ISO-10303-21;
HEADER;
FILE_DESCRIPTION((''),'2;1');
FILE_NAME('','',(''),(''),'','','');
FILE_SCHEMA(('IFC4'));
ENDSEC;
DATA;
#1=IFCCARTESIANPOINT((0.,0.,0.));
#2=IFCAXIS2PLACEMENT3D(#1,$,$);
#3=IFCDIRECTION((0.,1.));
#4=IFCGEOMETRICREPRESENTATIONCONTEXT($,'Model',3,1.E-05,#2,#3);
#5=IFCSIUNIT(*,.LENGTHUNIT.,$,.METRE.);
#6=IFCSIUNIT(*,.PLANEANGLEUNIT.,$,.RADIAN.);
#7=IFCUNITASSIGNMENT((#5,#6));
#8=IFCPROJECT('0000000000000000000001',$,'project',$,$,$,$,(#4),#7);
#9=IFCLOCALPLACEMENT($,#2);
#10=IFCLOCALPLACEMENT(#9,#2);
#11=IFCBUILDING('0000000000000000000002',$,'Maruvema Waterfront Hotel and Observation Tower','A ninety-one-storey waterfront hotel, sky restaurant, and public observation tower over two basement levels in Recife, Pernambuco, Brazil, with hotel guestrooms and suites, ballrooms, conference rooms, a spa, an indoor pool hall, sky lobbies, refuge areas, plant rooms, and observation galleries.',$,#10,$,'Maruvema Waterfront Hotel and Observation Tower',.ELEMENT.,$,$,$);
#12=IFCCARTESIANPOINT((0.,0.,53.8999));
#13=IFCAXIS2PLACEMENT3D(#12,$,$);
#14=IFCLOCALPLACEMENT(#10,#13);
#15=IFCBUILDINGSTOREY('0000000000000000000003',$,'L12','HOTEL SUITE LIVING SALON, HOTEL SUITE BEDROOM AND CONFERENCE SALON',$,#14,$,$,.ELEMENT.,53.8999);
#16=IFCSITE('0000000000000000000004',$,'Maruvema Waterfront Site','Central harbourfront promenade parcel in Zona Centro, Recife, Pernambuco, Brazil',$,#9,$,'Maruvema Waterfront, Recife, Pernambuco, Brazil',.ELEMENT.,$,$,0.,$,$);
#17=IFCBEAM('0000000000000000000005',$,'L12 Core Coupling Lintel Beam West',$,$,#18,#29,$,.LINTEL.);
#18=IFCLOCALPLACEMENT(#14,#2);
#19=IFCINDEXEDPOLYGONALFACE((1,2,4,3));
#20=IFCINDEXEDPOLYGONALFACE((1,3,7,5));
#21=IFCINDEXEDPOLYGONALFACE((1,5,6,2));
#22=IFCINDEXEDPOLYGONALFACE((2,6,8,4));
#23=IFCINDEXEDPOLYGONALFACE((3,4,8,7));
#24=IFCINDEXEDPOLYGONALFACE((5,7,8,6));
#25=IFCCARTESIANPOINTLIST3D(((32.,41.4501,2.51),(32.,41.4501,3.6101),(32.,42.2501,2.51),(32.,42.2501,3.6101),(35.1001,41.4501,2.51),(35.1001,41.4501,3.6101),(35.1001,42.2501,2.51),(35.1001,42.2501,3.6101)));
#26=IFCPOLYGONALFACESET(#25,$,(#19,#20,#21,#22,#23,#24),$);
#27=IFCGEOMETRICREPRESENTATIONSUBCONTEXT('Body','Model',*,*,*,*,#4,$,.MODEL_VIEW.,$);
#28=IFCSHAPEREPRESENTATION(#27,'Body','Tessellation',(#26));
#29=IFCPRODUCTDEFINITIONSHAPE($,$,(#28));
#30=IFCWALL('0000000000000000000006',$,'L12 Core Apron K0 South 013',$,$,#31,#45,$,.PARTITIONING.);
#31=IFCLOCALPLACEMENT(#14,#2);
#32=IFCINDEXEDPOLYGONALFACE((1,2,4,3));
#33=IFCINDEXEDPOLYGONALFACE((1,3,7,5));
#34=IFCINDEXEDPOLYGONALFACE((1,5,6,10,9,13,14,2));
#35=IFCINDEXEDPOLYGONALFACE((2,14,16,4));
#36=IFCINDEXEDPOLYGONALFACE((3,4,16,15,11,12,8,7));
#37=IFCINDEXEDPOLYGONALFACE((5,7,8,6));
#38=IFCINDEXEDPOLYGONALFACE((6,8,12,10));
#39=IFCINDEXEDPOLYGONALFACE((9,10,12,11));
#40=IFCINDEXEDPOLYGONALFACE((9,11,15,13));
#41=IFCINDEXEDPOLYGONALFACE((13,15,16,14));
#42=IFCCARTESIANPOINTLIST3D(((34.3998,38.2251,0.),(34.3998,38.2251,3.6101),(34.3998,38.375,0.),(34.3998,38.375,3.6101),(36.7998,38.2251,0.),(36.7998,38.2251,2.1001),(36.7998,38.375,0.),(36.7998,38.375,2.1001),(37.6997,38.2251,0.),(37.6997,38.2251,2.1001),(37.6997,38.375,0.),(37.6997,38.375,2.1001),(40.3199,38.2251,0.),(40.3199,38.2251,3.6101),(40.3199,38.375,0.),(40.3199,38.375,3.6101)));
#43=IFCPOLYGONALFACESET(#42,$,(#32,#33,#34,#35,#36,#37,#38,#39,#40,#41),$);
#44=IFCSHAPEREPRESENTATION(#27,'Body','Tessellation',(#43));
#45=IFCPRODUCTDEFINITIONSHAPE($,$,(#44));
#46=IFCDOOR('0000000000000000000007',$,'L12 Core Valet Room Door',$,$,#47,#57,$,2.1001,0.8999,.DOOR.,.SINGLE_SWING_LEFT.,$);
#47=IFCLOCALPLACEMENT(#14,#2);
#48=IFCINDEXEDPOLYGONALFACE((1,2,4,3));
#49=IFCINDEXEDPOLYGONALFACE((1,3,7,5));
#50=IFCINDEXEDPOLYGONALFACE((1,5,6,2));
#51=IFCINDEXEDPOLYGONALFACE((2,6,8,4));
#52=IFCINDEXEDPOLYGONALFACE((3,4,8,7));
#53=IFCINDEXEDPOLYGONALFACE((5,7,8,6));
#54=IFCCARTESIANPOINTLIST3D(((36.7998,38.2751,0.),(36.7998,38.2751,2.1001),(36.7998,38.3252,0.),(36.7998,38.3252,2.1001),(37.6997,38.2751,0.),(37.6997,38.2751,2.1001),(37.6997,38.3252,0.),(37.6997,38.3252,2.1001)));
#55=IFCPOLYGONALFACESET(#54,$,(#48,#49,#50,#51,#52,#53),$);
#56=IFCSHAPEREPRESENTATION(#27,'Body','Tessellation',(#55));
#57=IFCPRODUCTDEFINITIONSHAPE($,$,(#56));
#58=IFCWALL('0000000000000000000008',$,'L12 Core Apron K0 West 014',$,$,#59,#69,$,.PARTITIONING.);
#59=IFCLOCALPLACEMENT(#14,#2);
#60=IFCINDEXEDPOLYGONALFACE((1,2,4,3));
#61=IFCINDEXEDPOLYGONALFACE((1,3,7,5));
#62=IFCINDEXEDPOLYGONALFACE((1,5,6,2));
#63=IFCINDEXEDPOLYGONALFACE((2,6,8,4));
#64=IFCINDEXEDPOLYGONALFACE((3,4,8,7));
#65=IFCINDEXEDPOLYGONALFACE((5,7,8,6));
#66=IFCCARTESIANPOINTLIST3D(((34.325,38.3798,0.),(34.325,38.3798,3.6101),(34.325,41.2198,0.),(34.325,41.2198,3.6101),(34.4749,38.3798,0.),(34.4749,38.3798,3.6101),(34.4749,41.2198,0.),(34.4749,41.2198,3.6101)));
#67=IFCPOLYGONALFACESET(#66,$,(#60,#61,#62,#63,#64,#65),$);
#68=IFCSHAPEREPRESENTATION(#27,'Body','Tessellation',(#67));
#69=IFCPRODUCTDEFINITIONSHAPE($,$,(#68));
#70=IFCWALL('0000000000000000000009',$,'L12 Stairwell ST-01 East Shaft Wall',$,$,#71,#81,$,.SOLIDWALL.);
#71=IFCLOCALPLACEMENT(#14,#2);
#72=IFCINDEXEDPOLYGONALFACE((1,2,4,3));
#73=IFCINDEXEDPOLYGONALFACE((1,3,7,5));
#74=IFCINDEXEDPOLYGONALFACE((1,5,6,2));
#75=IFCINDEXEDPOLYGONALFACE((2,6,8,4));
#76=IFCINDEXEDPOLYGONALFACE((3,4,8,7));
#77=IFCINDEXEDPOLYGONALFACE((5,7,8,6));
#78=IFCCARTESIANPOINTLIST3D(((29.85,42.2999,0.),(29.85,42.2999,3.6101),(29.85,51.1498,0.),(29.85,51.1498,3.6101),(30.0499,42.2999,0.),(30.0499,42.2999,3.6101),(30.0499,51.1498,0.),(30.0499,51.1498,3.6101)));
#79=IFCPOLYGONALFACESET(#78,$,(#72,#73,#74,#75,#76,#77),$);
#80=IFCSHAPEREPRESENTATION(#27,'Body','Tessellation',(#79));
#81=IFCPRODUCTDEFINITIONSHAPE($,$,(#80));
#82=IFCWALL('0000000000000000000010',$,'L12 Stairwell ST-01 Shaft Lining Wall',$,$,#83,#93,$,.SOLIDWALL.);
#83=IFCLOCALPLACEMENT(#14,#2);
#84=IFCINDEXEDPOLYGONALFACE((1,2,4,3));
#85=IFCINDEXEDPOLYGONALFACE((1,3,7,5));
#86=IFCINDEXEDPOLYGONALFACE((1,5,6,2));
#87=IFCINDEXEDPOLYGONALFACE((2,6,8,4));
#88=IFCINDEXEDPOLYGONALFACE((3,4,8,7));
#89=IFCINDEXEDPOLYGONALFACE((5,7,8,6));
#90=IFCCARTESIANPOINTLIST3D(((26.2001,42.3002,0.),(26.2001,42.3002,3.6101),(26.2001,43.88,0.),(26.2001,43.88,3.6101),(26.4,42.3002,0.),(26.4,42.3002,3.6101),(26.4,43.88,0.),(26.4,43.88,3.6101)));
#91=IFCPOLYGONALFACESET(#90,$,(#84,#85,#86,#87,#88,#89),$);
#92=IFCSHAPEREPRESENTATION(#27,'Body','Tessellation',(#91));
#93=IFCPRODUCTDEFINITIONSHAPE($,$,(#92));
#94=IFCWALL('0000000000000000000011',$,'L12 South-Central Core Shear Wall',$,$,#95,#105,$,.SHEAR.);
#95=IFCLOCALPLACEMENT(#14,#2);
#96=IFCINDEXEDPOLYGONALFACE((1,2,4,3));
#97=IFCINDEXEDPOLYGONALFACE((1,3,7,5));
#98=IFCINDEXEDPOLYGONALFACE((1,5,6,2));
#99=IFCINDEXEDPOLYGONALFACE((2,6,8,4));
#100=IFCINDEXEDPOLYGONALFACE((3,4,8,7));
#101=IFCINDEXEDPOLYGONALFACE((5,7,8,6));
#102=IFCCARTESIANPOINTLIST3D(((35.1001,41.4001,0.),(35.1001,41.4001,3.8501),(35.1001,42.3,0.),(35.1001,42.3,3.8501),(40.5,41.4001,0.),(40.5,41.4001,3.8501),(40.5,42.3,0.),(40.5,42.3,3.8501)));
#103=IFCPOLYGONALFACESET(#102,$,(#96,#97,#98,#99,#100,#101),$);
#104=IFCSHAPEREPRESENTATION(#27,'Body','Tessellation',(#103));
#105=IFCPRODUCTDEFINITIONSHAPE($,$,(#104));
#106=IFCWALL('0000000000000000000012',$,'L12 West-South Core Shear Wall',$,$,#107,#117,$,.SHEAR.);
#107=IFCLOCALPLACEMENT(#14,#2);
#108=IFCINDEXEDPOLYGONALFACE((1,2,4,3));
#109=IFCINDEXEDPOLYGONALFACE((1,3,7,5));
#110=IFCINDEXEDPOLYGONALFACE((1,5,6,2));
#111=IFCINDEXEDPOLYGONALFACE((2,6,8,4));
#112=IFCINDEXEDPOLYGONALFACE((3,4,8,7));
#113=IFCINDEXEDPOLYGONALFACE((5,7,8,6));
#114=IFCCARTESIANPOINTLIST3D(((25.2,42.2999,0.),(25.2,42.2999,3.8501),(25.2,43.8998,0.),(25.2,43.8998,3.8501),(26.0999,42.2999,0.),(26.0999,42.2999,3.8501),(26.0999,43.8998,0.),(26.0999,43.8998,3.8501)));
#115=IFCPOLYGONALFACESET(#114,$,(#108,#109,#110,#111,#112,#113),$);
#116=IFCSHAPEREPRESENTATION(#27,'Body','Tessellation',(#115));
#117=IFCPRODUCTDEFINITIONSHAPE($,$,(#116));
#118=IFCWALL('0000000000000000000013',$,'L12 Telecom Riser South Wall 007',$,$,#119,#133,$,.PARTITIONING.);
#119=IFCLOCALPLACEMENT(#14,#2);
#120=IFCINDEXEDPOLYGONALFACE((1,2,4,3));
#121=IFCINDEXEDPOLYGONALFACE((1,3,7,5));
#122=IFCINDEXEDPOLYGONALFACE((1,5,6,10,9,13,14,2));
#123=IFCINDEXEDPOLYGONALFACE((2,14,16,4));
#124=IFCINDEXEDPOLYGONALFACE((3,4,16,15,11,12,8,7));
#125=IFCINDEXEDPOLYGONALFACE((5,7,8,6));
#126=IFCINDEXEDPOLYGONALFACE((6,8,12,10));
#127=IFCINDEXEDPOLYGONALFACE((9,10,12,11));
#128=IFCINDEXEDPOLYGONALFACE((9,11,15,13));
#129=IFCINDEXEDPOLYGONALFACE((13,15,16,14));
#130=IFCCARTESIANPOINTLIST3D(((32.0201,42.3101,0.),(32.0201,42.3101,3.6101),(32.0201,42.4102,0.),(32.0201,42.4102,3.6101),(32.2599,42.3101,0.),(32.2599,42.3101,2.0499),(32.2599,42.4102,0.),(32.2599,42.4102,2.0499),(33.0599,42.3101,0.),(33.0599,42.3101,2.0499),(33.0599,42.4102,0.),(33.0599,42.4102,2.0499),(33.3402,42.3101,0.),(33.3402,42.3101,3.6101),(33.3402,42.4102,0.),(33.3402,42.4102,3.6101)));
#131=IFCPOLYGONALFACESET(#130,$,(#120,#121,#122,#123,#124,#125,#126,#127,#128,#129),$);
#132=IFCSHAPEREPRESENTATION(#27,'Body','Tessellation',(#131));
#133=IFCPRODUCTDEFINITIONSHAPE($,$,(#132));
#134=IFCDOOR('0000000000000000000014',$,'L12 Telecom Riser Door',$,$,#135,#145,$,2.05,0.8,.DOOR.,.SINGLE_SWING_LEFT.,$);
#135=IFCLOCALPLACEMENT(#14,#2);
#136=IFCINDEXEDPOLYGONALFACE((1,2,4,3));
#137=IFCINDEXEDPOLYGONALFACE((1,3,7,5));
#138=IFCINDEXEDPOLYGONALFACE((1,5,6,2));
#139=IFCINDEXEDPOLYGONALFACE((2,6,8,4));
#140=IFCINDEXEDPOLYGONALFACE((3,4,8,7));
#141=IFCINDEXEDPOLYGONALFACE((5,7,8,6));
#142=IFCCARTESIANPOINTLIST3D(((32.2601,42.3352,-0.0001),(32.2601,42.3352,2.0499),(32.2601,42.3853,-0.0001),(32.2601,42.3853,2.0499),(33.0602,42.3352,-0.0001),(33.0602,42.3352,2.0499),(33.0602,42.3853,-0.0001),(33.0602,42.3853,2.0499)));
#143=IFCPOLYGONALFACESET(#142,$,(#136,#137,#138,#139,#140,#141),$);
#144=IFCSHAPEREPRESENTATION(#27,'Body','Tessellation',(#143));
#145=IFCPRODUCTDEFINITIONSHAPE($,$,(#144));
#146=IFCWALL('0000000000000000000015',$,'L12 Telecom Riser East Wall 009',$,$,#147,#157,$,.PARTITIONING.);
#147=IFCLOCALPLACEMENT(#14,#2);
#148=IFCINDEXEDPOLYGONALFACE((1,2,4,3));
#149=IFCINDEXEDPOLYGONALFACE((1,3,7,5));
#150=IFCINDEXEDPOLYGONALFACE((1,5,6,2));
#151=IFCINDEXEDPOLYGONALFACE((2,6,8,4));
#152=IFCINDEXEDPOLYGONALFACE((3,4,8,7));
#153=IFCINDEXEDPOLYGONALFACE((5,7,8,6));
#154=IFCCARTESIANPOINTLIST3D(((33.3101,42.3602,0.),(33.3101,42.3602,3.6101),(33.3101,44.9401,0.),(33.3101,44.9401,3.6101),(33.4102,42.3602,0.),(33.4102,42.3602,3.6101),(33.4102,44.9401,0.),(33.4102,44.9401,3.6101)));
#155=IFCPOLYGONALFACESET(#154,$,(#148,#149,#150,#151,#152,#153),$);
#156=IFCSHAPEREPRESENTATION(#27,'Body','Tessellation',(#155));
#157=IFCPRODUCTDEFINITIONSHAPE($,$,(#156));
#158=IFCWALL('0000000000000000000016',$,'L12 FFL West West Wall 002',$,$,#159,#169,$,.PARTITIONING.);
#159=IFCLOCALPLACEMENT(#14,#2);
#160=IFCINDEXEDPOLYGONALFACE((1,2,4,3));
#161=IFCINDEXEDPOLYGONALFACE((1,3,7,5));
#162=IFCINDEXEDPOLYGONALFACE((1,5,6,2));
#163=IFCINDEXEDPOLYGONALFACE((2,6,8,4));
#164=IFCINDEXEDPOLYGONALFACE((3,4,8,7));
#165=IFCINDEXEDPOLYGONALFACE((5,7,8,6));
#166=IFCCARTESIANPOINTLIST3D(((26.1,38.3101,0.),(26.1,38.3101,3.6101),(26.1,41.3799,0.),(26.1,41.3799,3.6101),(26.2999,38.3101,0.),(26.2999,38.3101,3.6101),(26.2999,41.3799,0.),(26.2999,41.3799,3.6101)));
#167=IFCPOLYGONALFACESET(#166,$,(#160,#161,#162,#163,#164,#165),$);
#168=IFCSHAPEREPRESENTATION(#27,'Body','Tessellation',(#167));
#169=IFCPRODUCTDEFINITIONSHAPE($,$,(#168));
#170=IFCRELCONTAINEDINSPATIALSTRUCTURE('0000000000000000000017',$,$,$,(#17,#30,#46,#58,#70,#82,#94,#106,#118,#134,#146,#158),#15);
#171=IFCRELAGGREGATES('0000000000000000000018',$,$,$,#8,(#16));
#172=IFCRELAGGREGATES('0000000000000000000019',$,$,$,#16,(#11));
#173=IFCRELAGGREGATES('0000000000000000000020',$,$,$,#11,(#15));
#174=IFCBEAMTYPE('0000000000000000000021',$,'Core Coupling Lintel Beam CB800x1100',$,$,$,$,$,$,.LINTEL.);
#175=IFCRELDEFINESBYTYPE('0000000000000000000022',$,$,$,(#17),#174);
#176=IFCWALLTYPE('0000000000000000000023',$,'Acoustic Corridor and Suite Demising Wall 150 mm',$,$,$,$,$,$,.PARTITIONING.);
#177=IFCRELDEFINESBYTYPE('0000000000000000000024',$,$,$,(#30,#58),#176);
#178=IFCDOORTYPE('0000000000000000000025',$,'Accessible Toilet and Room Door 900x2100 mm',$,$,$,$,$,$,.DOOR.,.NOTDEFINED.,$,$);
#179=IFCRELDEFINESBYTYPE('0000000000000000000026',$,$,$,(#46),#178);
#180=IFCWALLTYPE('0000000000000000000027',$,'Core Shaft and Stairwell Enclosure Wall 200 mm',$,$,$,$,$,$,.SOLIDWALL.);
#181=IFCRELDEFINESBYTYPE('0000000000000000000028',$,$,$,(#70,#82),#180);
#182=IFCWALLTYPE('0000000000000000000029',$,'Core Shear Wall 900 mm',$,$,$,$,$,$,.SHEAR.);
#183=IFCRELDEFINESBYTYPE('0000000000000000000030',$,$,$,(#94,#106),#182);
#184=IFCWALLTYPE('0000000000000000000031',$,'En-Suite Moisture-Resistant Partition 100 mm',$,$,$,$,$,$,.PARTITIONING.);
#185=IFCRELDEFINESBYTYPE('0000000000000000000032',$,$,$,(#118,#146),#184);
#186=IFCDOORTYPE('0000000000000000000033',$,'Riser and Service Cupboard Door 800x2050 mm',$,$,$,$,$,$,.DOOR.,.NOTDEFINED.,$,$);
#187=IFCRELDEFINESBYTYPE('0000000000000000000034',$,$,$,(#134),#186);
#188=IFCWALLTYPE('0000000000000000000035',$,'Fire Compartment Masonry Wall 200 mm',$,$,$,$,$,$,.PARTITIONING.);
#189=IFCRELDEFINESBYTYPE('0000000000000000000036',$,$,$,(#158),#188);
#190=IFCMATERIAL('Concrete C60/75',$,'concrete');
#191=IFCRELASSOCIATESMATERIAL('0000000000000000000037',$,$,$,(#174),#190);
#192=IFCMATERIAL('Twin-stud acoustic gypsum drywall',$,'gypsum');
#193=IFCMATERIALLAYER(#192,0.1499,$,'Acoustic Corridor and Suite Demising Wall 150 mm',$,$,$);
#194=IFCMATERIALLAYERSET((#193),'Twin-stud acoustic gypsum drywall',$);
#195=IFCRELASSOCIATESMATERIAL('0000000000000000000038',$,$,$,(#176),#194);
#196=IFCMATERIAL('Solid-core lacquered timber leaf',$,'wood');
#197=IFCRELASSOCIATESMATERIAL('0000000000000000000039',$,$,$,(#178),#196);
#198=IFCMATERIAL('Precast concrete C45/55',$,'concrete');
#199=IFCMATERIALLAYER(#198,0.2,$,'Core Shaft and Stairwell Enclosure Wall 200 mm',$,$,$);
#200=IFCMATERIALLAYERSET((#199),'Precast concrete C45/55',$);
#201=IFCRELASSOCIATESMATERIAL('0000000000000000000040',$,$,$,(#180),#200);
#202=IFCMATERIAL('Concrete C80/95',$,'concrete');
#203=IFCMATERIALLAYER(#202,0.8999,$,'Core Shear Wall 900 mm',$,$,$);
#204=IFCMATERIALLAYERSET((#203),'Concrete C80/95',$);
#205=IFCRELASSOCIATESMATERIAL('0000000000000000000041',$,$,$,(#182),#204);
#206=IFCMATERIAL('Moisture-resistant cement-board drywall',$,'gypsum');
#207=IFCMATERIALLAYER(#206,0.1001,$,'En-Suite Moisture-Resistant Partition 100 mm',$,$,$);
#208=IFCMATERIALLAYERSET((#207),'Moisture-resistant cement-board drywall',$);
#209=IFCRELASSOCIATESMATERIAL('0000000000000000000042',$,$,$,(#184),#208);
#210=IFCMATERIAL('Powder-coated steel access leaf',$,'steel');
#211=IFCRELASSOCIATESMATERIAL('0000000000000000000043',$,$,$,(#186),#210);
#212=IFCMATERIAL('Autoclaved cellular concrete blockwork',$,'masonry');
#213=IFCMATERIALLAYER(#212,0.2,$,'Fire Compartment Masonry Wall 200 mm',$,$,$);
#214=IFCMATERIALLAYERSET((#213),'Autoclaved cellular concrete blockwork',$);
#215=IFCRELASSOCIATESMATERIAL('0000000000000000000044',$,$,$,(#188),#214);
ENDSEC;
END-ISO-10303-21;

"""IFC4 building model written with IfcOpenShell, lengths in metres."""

from ifc_helpers import new_model, si_unit, direction, frame, frame_2d, origin, origin_2d, place, context, subcontext, project, spatial, rectangle, extrude, material, layer, layer_set, material_profile, profile_set, type_object, element, fill, save


model = new_model("IFC4")

# Units and contexts
model_context = context("Model", 3, precision=1e-05, world=origin(), true_north=direction((0.0, 1.0)))
body_context = subcontext(model_context, "Body", "Model", "MODEL_VIEW")
ifc_project = project(units=[si_unit("LENGTHUNIT", "METRE"), si_unit("PLANEANGLEUNIT", "RADIAN")], contexts=[model_context])

# Site, building, storey
site_placement = place(None, origin())
site = spatial("IfcSite", under=ifc_project, at=site_placement, Name="Maruvema Waterfront Site", Description="Central harbourfront promenade parcel in Zona Centro, Recife, Pernambuco, Brazil", LongName="Maruvema Waterfront, Recife, Pernambuco, Brazil", CompositionType="ELEMENT", RefElevation=0.0)
building_placement = place(site_placement, origin())
building = spatial("IfcBuilding", under=site, at=building_placement, Name="Maruvema Waterfront Hotel and Observation Tower", Description="A ninety-one-storey waterfront hotel, sky restaurant, and public observation tower over two basement levels in Recife, Pernambuco, Brazil, with hotel guestrooms and suites, ballrooms, conference rooms, a spa, an indoor pool hall, sky lobbies, refuge areas, plant rooms, and observation galleries.", LongName="Maruvema Waterfront Hotel and Observation Tower", CompositionType="ELEMENT")
storey_placement = place(building_placement, frame((0.0, 0.0, 53.8999)))
storey = spatial("IfcBuildingStorey", under=building, at=storey_placement, Name="L12", Description="HOTEL SUITE LIVING SALON, HOTEL SUITE BEDROOM AND CONFERENCE SALON", CompositionType="ELEMENT", Elevation=53.8999)

# Beam
ifc_material_1 = material(Name="Concrete C60/75", Category="concrete")
ifc_material_profile = material_profile(ifc_material_1, rectangle(XDim=0.8, YDim=1.1001, at=origin_2d()), Name="CB800x1100")
ifc_profile_set = profile_set([ifc_material_profile], Name="Concrete C60/75")
beam_type = type_object("IfcBeamType", Name="Core Coupling Lintel Beam CB800x1100", PredefinedType="LINTEL", material=ifc_profile_set)
beam_placement = place(storey_placement, frame((32.0, 41.8501, 3.0601), z_axis=(1.0, 0.0, 0.0), x_axis=(0.0, 1.0, 0.0)))
element("IfcBeam", 1, at=beam_placement, inside=storey, type_object=beam_type, Name="L12 Core Coupling Lintel Beam West", PredefinedType="LINTEL", context=body_context, shape_type="SweptSolid", body=[
    extrude(rectangle(XDim=0.8, YDim=1.1001, at=origin_2d()), origin(), (0.0, 0.0, 1.0), 3.1001),
])

# Wall, opening, door
ifc_material_2 = material(Name="Twin-stud acoustic gypsum drywall", Category="gypsum")
ifc_layer_1 = layer(ifc_material_2, 0.1499, Name="Acoustic Corridor and Suite Demising Wall 150 mm")
ifc_layer_set_1 = layer_set([ifc_layer_1], Name="Twin-stud acoustic gypsum drywall")
wall_type_1 = type_object("IfcWallType", Name="Acoustic Corridor and Suite Demising Wall 150 mm", PredefinedType="PARTITIONING", material=ifc_layer_set_1)
wall_1_placement = place(storey_placement, frame((34.3999, 38.3, 0.0), z_axis=(0.0, 0.0, 1.0), x_axis=(1.0, 0.0, 0.0)))
wall_1 = element("IfcWall", 2, at=wall_1_placement, inside=storey, type_object=wall_type_1, Name="L12 Core Apron K0 South 013", PredefinedType="PARTITIONING", context=body_context, shape_type="SweptSolid", body=[
    extrude(rectangle(XDim=5.9202, YDim=0.1499, at=frame_2d((2.96, 0.0))), origin(), (0.0, 0.0, 1.0), 3.6101),
])
opening_1_placement = place(wall_1_placement, frame((2.3999, 0.0, 0.0)))
opening_1 = element("IfcOpeningElement", 3, at=opening_1_placement, cuts=wall_1, PredefinedType="OPENING", context=body_context, shape_type="SweptSolid", body=[
    extrude(rectangle(XDim=0.8999, YDim=2.1001, at=frame_2d((0.45, 1.05))), frame((0.0, 0.085, 0.0), z_axis=(0.0, -1.0, 0.0), x_axis=(1.0, 0.0, 0.0)), (0.0, 0.0, 1.0), 0.1699),
])
ifc_material_3 = material(Name="Solid-core lacquered timber leaf", Category="wood")
door_type_1 = type_object("IfcDoorType", Name="Accessible Toilet and Room Door 900x2100 mm", OperationType="NOTDEFINED", PredefinedType="DOOR", material=ifc_material_3)
door_1_placement = place(opening_1_placement, frame((0.8999, 0.0, 0.0), z_axis=(0.0, 0.0, 1.0), x_axis=(-1.0, 0.0, 0.0)))
door_1 = element("IfcDoor", 4, at=door_1_placement, inside=storey, type_object=door_type_1, Name="L12 Core Valet Room Door", OperationType="SINGLE_SWING_LEFT", OverallHeight=2.1001, OverallWidth=0.8999, PredefinedType="DOOR", context=body_context, shape_type="SweptSolid", body=[
    extrude(rectangle(XDim=0.8999, YDim=2.1001, at=frame_2d((0.45, 1.05))), frame((0.0, 0.0249, 0.0), z_axis=(0.0, -1.0, 0.0), x_axis=(1.0, 0.0, 0.0)), (0.0, 0.0, 1.0), 0.05),
])
fill(opening_1, door_1)

# Walls
wall_2_placement = place(storey_placement, frame((34.3999, 38.3799, 0.0), z_axis=(0.0, 0.0, 1.0), x_axis=(0.0, 1.0, 0.0)))
element("IfcWall", 5, at=wall_2_placement, inside=storey, type_object=wall_type_1, Name="L12 Core Apron K0 West 014", PredefinedType="PARTITIONING", context=body_context, shape_type="SweptSolid", body=[
    extrude(rectangle(XDim=2.8401, YDim=0.1499, at=frame_2d((1.4199, 0.0))), origin(), (0.0, 0.0, 1.0), 3.6101),
])
ifc_material_4 = material(Name="Precast concrete C45/55", Category="concrete")
ifc_layer_2 = layer(ifc_material_4, 0.2, Name="Core Shaft and Stairwell Enclosure Wall 200 mm")
ifc_layer_set_2 = layer_set([ifc_layer_2], Name="Precast concrete C45/55")
wall_type_2 = type_object("IfcWallType", Name="Core Shaft and Stairwell Enclosure Wall 200 mm", PredefinedType="SOLIDWALL", material=ifc_layer_set_2)
wall_3_placement = place(storey_placement, frame((29.95, 42.3, 0.0), z_axis=(0.0, 0.0, 1.0), x_axis=(0.0, 1.0, 0.0)))
element("IfcWall", 6, at=wall_3_placement, inside=storey, type_object=wall_type_2, Name="L12 Stairwell ST-01 East Shaft Wall", PredefinedType="SOLIDWALL", context=body_context, shape_type="SweptSolid", body=[
    extrude(rectangle(XDim=8.8499, YDim=0.2, at=frame_2d((4.4248, 0.0))), origin(), (0.0, 0.0, 1.0), 3.6101),
])
wall_4_placement = place(storey_placement, frame((26.3, 42.3, 0.0), z_axis=(0.0, 0.0, 1.0), x_axis=(0.0, 1.0, 0.0)))
element("IfcWall", 7, at=wall_4_placement, inside=storey, type_object=wall_type_2, Name="L12 Stairwell ST-01 Shaft Lining Wall", PredefinedType="SOLIDWALL", context=body_context, shape_type="SweptSolid", body=[
    extrude(rectangle(XDim=1.5798, YDim=0.2, at=frame_2d((0.79, 0.0))), origin(), (0.0, 0.0, 1.0), 3.6101),
])

# Shared definitions
ifc_material_5 = material(Name="Concrete C80/95", Category="concrete")
ifc_layer_3 = layer(ifc_material_5, 0.8999, Name="Core Shear Wall 900 mm")
ifc_layer_set_3 = layer_set([ifc_layer_3], Name="Concrete C80/95")
wall_type_3 = type_object("IfcWallType", Name="Core Shear Wall 900 mm", PredefinedType="SHEAR", material=ifc_layer_set_3)

# Walls
wall_5_placement = place(storey_placement, frame((35.1001, 41.8501, 0.0), z_axis=(0.0, 0.0, 1.0), x_axis=(1.0, 0.0, 0.0)))
element("IfcWall", 8, at=wall_5_placement, inside=storey, type_object=wall_type_3, Name="L12 South-Central Core Shear Wall", PredefinedType="SHEAR", context=body_context, shape_type="SweptSolid", body=[
    extrude(rectangle(XDim=5.3999, YDim=0.8999, at=frame_2d((2.7, 0.0))), origin(), (0.0, 0.0, 1.0), 3.8501),
])
wall_6_placement = place(storey_placement, frame((25.6499, 42.3, 0.0), z_axis=(0.0, 0.0, 1.0), x_axis=(0.0, 1.0, 0.0)))
element("IfcWall", 9, at=wall_6_placement, inside=storey, type_object=wall_type_3, Name="L12 West-South Core Shear Wall", PredefinedType="SHEAR", context=body_context, shape_type="SweptSolid", body=[
    extrude(rectangle(XDim=1.5999, YDim=0.8999, at=frame_2d((0.7998, 0.0))), origin(), (0.0, 0.0, 1.0), 3.8501),
])

# Wall, opening, door
ifc_material_6 = material(Name="Moisture-resistant cement-board drywall", Category="gypsum")
ifc_layer_4 = layer(ifc_material_6, 0.1001, Name="En-Suite Moisture-Resistant Partition 100 mm")
ifc_layer_set_4 = layer_set([ifc_layer_4], Name="Moisture-resistant cement-board drywall")
wall_type_4 = type_object("IfcWallType", Name="En-Suite Moisture-Resistant Partition 100 mm", PredefinedType="PARTITIONING", material=ifc_layer_set_4)
wall_7_placement = place(storey_placement, frame((32.02, 42.3601, 0.0), z_axis=(0.0, 0.0, 1.0), x_axis=(1.0, 0.0, 0.0)))
wall_7 = element("IfcWall", 10, at=wall_7_placement, inside=storey, type_object=wall_type_4, Name="L12 Telecom Riser South Wall 007", PredefinedType="PARTITIONING", context=body_context, shape_type="SweptSolid", body=[
    extrude(rectangle(XDim=1.3201, YDim=0.1001, at=frame_2d((0.6602, 0.0))), origin(), (0.0, 0.0, 1.0), 3.6101),
])
opening_2_placement = place(wall_7_placement, frame((0.24, 0.0, 0.0)))
opening_2 = element("IfcOpeningElement", 11, at=opening_2_placement, cuts=wall_7, PredefinedType="OPENING", context=body_context, shape_type="SweptSolid", body=[
    extrude(rectangle(XDim=0.8, YDim=2.05, at=frame_2d((0.3999, 1.0249))), frame((0.0, 0.0601, 0.0), z_axis=(0.0, -1.0, 0.0), x_axis=(1.0, 0.0, 0.0)), (0.0, 0.0, 1.0), 0.1201),
])
ifc_material_7 = material(Name="Powder-coated steel access leaf", Category="steel")
door_type_2 = type_object("IfcDoorType", Name="Riser and Service Cupboard Door 800x2050 mm", OperationType="NOTDEFINED", PredefinedType="DOOR", material=ifc_material_7)
door_2_placement = place(opening_2_placement, frame((0.8, 0.0, 0.0), z_axis=(0.0, 0.0, 1.0), x_axis=(-1.0, 0.0, 0.0)))
door_2 = element("IfcDoor", 12, at=door_2_placement, inside=storey, type_object=door_type_2, Name="L12 Telecom Riser Door", OperationType="SINGLE_SWING_LEFT", OverallHeight=2.05, OverallWidth=0.8, PredefinedType="DOOR", context=body_context, shape_type="SweptSolid", body=[
    extrude(rectangle(XDim=0.8, YDim=2.05, at=frame_2d((0.3999, 1.0249))), frame((0.0, 0.0249, 0.0), z_axis=(0.0, -1.0, 0.0), x_axis=(1.0, 0.0, 0.0)), (0.0, 0.0, 1.0), 0.05),
])
fill(opening_2, door_2)

# Wall
wall_8_placement = place(storey_placement, frame((33.3601, 42.3601, 0.0), z_axis=(0.0, 0.0, 1.0), x_axis=(0.0, 1.0, 0.0)))
element("IfcWall", 13, at=wall_8_placement, inside=storey, type_object=wall_type_4, Name="L12 Telecom Riser East Wall 009", PredefinedType="PARTITIONING", context=body_context, shape_type="SweptSolid", body=[
    extrude(rectangle(XDim=2.5798, YDim=0.1001, at=frame_2d((1.29, 0.0))), origin(), (0.0, 0.0, 1.0), 3.6101),
])

# Shared definitions
ifc_material_8 = material(Name="Autoclaved cellular concrete blockwork", Category="masonry")
ifc_layer_5 = layer(ifc_material_8, 0.2, Name="Fire Compartment Masonry Wall 200 mm")
ifc_layer_set_5 = layer_set([ifc_layer_5], Name="Autoclaved cellular concrete blockwork")
wall_type_5 = type_object("IfcWallType", Name="Fire Compartment Masonry Wall 200 mm", PredefinedType="PARTITIONING", material=ifc_layer_set_5)

# Wall
for number, where, z_axis, x_axis, name in (
    (14, (26.2, 38.3101, 0.0), (0.0, 0.0, 1.0), (0.0, 1.0, 0.0), "L12 FFL West West Wall 002"),
):
    element("IfcWall", number, at=place(storey_placement, frame(where, z_axis=z_axis, x_axis=x_axis)), inside=storey, type_object=wall_type_5, Name=name, PredefinedType="PARTITIONING", context=body_context, shape_type="SweptSolid", body=[
        extrude(rectangle(XDim=3.0698, YDim=0.2, at=frame_2d((1.5349, 0.0))), origin(), (0.0, 0.0, 1.0), 3.6101),
    ])

save(model, "model.ifc")
